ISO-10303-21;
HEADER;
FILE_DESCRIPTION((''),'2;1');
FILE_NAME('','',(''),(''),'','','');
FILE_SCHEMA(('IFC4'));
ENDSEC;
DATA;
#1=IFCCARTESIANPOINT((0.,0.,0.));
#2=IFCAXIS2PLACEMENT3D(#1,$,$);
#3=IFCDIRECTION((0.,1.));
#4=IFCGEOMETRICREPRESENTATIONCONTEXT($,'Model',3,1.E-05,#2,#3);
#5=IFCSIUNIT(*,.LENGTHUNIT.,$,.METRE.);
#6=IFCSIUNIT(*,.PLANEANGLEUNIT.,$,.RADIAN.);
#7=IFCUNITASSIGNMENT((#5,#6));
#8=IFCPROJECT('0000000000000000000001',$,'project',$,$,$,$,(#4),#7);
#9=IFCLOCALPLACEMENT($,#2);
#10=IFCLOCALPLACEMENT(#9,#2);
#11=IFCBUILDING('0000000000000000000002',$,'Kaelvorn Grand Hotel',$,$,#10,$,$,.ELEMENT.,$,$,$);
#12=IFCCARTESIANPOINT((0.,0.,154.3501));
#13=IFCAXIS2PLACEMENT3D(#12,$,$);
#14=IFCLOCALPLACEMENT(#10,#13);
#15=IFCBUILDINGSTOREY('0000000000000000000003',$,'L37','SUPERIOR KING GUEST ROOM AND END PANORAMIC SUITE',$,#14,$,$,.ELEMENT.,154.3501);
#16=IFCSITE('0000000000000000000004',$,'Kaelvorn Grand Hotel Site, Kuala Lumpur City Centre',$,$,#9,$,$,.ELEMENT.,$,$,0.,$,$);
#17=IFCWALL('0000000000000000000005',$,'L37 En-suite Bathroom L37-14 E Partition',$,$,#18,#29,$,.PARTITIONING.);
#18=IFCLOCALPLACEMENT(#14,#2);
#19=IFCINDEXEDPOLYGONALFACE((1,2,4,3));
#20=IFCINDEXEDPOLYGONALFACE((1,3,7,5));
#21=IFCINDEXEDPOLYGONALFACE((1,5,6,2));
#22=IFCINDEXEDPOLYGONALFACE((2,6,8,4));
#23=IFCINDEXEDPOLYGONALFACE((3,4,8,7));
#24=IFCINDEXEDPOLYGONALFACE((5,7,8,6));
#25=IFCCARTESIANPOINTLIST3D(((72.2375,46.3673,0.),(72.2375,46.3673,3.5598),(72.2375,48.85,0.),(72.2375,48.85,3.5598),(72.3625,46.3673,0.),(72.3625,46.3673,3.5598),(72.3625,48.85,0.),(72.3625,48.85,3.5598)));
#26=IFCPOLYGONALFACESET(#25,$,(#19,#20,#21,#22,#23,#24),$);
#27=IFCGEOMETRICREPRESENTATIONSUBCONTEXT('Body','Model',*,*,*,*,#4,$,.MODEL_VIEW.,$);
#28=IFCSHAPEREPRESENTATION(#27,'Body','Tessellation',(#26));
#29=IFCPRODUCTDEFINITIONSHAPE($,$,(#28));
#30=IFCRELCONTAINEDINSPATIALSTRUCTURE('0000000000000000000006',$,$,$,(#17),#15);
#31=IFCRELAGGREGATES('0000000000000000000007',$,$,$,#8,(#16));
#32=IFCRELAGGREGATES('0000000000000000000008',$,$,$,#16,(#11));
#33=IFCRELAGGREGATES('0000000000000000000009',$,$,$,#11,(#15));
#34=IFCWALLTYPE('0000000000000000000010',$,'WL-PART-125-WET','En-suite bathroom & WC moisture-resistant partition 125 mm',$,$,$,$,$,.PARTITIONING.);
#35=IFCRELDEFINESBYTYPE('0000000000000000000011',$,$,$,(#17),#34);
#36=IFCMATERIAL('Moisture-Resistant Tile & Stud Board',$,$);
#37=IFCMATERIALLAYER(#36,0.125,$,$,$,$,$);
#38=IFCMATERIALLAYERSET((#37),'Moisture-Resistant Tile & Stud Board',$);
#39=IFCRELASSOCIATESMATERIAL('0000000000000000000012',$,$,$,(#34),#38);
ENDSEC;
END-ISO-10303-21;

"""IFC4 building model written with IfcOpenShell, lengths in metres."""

from ifc_helpers import new_model, si_unit, direction, frame, frame_2d, origin, place, context, subcontext, project, spatial, rectangle, extrude, material, layer, layer_set, type_object, element, save


model = new_model("IFC4")

# Units and contexts
model_context = context("Model", 3, precision=1e-05, world=origin(), true_north=direction((0.0, 1.0)))
body_context = subcontext(model_context, "Body", "Model", "MODEL_VIEW")
ifc_project = project(units=[si_unit("LENGTHUNIT", "METRE"), si_unit("PLANEANGLEUNIT", "RADIAN")], contexts=[model_context])

# Site, building, storey
site_placement = place(None, origin())
site = spatial("IfcSite", under=ifc_project, at=site_placement, Name="Kaelvorn Grand Hotel Site, Kuala Lumpur City Centre", CompositionType="ELEMENT", RefElevation=0.0)
building_placement = place(site_placement, origin())
building = spatial("IfcBuilding", under=site, at=building_placement, Name="Kaelvorn Grand Hotel", CompositionType="ELEMENT")
storey_placement = place(building_placement, frame((0.0, 0.0, 154.3501)))
storey = spatial("IfcBuildingStorey", under=building, at=storey_placement, Name="L37", Description="SUPERIOR KING GUEST ROOM AND END PANORAMIC SUITE", CompositionType="ELEMENT", Elevation=154.3501)

# Shared definitions
ifc_material_1 = material(Name="Moisture-Resistant Tile & Stud Board")
ifc_layer_1 = layer(ifc_material_1, 0.125)
ifc_layer_set_1 = layer_set([ifc_layer_1], Name="Moisture-Resistant Tile & Stud Board")
wall_type_1 = type_object("IfcWallType", Name="WL-PART-125-WET", Description="En-suite bathroom & WC moisture-resistant partition 125 mm", PredefinedType="PARTITIONING", material=ifc_layer_set_1)

# Wall
wall_1_placement = place(storey_placement, frame((72.3, 46.3674, 0.0), z_axis=(0.0, 0.0, 1.0), x_axis=(0.0, 1.0, 0.0)))
element("IfcWall", 1, at=wall_1_placement, inside=storey, type_object=wall_type_1, Name="L37 En-suite Bathroom L37-14 E Partition", PredefinedType="PARTITIONING", context=body_context, shape_type="SweptSolid", body=[
    extrude(rectangle(XDim=2.4827, YDim=0.125, at=frame_2d((1.2412, 0.0))), origin(), (0.0, 0.0, 1.0), 3.5598),
])

save(model, "model.ifc")
